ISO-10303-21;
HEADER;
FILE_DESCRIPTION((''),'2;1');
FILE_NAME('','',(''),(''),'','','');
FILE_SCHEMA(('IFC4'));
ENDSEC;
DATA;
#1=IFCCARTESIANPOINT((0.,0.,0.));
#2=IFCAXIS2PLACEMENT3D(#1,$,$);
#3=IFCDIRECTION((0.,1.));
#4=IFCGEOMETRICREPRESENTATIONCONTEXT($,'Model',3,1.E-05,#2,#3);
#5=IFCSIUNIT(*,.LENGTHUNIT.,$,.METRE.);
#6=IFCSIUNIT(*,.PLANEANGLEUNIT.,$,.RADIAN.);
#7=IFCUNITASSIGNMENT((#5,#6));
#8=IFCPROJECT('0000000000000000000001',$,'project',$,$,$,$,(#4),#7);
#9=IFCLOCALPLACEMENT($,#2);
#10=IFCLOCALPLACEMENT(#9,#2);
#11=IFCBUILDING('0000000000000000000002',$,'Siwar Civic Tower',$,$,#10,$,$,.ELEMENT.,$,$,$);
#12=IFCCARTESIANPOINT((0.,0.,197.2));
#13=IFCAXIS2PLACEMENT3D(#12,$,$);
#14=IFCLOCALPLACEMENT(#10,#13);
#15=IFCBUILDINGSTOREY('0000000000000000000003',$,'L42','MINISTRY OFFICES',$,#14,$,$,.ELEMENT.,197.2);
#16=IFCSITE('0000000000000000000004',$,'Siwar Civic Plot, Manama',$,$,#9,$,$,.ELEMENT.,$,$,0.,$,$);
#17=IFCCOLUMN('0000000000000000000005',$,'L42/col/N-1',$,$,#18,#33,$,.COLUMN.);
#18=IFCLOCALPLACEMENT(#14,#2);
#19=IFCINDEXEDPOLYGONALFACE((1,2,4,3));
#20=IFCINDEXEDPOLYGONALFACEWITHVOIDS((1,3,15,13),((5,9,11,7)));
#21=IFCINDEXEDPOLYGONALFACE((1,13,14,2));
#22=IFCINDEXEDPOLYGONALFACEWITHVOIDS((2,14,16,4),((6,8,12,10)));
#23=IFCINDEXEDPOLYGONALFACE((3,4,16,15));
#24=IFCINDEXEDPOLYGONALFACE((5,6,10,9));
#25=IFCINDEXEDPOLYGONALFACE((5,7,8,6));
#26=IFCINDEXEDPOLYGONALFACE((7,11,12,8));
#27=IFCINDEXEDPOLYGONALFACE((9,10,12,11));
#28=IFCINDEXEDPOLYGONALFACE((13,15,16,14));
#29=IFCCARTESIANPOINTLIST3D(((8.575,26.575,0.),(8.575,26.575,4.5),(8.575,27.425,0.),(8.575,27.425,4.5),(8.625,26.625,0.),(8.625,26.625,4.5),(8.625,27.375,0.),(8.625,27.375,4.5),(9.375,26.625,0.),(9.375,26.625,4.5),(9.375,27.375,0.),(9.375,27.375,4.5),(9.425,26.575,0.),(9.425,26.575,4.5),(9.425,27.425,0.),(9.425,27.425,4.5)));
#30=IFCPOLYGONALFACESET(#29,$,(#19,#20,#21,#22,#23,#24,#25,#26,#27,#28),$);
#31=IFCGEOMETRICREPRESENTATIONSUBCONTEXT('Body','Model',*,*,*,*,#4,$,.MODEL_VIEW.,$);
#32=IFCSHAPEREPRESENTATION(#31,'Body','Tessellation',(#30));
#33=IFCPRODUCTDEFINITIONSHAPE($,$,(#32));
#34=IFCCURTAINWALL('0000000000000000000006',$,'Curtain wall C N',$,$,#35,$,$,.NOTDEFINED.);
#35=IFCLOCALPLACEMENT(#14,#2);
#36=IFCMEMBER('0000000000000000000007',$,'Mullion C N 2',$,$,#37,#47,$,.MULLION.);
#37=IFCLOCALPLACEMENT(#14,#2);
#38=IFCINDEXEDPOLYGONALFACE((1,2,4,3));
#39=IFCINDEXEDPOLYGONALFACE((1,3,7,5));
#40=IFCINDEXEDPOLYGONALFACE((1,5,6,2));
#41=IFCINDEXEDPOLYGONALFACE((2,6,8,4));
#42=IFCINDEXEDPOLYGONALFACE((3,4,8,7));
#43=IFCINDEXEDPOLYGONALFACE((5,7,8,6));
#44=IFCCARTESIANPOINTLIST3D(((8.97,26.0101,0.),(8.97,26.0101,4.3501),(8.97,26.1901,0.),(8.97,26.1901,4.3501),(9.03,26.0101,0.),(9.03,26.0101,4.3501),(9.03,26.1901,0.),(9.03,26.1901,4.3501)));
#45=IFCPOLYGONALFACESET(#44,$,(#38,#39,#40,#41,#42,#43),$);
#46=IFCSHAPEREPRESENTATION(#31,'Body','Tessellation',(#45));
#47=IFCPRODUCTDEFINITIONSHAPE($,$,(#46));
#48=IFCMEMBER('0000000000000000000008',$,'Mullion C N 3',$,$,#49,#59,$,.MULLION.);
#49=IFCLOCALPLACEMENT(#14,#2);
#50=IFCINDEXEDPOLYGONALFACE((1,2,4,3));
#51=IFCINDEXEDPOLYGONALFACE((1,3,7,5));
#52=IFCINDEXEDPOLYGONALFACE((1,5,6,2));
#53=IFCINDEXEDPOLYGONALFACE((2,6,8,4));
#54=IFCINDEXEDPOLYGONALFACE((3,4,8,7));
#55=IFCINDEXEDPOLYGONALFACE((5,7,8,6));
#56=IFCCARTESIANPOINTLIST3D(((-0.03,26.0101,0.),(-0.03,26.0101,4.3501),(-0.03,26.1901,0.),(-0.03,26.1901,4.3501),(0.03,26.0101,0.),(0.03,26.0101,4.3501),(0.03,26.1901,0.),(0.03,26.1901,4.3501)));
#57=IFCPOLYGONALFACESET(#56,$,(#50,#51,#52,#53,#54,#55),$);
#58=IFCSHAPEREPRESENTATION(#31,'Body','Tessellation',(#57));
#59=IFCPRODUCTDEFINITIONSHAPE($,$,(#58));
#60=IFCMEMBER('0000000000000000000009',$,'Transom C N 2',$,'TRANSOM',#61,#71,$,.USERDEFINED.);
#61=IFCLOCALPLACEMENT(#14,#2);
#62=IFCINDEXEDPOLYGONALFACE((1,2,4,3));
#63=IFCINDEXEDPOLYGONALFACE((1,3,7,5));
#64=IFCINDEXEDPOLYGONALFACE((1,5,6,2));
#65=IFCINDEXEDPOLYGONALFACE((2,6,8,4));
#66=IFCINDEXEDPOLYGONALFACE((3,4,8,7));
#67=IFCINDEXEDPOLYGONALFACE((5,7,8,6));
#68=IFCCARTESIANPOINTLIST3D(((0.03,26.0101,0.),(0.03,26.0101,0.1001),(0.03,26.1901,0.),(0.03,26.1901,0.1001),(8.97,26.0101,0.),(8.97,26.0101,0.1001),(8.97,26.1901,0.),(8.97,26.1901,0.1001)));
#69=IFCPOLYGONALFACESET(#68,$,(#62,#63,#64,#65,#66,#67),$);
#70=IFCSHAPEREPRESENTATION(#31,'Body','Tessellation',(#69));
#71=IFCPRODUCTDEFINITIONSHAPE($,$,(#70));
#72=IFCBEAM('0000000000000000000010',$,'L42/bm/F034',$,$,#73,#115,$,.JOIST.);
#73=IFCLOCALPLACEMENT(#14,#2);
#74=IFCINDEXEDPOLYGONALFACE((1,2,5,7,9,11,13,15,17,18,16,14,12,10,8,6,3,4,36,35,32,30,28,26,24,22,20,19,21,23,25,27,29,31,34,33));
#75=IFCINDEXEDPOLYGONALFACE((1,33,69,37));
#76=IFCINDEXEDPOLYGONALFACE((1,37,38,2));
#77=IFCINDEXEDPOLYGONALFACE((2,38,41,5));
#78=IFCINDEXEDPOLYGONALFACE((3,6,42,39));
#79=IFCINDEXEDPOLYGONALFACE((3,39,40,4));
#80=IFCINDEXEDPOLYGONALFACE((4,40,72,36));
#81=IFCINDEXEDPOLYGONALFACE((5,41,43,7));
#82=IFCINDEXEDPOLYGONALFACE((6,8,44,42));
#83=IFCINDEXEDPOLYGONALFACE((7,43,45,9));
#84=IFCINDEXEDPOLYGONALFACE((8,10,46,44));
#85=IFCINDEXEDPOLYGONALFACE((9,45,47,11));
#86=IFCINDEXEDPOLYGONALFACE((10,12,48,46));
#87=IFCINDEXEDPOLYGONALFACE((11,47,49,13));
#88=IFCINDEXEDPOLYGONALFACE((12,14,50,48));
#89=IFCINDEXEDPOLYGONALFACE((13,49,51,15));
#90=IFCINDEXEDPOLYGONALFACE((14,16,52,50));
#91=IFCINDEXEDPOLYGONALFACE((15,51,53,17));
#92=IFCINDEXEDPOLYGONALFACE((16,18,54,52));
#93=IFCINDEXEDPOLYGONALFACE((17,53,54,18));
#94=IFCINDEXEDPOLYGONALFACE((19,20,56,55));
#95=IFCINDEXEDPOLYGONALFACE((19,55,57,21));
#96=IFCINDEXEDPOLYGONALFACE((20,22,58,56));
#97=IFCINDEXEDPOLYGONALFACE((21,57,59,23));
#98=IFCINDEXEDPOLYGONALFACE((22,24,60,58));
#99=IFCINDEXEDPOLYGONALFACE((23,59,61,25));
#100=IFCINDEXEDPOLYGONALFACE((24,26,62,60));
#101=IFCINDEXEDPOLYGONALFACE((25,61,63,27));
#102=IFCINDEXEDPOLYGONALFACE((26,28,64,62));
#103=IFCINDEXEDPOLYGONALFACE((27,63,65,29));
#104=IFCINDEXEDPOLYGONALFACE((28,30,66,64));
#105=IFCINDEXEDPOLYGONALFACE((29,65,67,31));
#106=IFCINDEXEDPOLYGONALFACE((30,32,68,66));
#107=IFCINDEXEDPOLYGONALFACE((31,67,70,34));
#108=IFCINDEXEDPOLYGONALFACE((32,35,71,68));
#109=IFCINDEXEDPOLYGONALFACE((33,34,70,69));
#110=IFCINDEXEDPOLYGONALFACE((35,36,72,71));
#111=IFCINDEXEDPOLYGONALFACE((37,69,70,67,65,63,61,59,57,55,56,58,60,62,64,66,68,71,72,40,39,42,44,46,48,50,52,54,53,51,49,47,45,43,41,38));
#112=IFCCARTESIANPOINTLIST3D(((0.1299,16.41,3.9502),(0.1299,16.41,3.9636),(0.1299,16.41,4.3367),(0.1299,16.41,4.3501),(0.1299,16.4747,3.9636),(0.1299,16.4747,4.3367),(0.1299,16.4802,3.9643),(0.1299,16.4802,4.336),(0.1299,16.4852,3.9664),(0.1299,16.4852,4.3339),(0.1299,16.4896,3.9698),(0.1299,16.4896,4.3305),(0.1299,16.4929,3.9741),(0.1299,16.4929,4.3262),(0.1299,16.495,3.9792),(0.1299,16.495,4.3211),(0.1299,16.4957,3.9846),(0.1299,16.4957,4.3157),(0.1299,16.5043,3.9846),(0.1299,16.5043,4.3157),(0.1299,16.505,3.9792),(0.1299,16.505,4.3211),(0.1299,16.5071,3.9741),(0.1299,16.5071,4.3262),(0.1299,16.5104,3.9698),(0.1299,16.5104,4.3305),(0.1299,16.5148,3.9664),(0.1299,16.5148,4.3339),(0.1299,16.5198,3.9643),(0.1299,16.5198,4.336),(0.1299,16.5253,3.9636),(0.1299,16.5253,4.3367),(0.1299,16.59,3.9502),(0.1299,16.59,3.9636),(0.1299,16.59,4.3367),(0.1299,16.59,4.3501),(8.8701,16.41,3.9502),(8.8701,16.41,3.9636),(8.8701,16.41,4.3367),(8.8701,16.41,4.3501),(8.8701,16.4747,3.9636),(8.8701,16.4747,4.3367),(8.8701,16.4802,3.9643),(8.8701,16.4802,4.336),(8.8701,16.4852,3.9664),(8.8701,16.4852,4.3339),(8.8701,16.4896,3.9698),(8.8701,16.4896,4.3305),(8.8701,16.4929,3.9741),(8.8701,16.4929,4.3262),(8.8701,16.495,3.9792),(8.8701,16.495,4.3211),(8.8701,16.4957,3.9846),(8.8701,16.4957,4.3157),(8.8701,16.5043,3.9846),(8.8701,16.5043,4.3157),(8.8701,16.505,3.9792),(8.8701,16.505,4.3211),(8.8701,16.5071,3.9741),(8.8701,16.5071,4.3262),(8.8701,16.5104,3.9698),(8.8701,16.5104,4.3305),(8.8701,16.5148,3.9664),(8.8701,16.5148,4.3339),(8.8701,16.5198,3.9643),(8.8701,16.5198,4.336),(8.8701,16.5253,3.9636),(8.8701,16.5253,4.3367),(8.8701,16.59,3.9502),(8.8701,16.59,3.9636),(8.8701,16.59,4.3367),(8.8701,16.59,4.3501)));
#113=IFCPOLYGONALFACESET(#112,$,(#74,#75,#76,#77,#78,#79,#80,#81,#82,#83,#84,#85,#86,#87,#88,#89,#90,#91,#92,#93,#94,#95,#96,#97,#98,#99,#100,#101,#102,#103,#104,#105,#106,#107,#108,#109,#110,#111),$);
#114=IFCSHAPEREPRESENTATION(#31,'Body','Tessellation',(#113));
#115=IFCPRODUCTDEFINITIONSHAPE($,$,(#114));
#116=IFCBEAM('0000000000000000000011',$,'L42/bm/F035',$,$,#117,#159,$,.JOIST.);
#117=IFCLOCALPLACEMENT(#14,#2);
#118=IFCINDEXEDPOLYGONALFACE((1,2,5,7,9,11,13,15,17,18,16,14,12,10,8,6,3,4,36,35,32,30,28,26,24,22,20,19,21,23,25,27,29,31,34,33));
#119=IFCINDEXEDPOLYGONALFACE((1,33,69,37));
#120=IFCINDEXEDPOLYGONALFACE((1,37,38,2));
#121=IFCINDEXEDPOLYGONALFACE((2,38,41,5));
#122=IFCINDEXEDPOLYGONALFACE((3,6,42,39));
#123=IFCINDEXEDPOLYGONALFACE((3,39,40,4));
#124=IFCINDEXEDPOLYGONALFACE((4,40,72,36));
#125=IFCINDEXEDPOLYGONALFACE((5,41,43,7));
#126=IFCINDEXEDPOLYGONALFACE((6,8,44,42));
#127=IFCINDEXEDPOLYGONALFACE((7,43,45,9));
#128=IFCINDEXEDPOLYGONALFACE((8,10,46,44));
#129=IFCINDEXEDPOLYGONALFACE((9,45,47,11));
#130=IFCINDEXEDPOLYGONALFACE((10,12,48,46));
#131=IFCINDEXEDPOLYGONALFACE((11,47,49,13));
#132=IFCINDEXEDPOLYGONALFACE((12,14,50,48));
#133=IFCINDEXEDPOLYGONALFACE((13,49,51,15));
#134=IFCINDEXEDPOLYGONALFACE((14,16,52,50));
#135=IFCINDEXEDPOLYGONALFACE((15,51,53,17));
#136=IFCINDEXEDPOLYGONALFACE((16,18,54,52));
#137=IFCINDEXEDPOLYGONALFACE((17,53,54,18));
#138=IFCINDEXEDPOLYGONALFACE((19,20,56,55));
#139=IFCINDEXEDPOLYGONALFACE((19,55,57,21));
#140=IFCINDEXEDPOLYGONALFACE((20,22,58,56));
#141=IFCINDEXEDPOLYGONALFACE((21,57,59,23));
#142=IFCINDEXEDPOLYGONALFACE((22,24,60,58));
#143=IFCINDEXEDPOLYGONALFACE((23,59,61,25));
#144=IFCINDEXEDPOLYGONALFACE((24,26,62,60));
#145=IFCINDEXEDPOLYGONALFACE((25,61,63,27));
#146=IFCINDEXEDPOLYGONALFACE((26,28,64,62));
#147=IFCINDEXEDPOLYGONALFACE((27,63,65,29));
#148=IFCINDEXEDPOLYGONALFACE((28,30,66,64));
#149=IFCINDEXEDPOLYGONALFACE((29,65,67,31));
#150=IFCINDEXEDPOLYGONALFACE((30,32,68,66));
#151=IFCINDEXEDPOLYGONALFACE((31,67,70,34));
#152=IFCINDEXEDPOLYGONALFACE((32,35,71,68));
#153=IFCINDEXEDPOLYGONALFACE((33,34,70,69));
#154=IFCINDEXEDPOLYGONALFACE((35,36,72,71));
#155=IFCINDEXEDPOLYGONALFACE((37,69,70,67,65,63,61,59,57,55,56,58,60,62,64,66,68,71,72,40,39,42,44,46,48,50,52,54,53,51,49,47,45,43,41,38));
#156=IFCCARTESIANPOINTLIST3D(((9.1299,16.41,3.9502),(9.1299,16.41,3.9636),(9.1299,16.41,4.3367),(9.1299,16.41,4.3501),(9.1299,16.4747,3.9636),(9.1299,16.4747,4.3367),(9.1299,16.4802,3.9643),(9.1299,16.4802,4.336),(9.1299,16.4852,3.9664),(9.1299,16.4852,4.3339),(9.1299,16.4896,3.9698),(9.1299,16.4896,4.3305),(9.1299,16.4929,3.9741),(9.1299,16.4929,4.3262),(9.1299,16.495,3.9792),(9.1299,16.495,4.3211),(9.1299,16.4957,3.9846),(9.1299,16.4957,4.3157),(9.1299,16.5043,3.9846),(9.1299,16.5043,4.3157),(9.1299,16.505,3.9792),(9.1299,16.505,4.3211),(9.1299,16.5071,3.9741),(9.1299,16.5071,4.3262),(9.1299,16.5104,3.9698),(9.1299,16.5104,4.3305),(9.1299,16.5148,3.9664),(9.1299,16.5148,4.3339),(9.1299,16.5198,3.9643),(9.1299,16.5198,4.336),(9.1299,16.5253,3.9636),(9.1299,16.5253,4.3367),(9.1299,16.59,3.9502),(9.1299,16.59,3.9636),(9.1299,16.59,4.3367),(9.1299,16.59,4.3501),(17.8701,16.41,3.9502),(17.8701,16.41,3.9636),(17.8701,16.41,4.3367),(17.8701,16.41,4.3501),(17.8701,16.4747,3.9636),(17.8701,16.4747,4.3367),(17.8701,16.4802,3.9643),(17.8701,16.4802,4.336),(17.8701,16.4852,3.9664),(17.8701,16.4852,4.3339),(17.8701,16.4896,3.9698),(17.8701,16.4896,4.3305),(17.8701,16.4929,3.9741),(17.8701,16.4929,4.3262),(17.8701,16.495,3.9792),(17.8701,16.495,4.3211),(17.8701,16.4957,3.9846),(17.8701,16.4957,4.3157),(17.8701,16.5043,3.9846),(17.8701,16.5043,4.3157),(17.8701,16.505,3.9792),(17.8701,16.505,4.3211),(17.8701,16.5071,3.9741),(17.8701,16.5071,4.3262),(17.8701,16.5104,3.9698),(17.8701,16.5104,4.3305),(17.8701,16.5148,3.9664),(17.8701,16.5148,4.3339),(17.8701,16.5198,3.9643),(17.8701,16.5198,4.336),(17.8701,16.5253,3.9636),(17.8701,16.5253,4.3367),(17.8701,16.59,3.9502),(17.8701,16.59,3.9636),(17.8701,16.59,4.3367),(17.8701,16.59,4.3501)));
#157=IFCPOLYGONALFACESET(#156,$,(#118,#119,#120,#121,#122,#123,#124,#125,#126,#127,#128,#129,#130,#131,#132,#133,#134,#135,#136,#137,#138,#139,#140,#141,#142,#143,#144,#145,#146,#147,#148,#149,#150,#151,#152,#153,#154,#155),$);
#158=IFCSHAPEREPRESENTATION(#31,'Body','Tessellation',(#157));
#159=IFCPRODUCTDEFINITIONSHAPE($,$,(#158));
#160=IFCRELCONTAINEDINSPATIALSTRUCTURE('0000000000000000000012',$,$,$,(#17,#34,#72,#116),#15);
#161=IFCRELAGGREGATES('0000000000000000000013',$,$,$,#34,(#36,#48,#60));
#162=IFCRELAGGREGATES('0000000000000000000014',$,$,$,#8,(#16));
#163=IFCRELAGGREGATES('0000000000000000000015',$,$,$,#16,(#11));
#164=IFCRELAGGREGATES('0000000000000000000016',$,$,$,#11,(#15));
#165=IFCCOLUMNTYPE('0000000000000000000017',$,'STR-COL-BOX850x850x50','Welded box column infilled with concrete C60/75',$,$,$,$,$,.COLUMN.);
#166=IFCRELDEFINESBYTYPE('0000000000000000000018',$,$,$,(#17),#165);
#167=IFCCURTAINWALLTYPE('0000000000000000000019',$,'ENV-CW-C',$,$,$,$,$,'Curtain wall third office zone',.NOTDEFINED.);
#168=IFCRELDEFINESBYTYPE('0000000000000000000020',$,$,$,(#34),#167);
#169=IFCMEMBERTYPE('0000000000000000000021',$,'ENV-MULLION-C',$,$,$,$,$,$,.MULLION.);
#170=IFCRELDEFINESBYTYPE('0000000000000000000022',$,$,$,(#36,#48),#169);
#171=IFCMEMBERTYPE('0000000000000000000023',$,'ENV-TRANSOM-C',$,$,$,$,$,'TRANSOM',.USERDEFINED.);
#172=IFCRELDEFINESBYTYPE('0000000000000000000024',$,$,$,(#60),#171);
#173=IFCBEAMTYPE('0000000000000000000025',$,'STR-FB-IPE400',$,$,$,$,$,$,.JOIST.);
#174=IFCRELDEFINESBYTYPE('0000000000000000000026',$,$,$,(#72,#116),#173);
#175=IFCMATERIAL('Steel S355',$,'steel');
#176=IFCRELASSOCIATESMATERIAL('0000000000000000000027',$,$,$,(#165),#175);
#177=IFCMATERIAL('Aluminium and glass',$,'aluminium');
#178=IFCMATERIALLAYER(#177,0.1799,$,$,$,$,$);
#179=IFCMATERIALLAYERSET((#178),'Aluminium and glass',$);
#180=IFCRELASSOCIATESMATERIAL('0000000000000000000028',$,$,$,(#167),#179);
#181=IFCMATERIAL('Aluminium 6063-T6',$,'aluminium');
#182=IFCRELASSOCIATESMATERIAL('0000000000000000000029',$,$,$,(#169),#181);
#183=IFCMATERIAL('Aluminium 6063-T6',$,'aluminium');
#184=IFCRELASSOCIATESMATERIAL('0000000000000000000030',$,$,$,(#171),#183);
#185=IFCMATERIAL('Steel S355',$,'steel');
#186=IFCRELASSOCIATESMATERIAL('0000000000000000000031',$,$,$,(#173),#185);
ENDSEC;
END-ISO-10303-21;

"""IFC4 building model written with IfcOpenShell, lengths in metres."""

from ifc_helpers import new_model, si_unit, direction, frame, origin, origin_2d, place, context, subcontext, project, spatial, rectangle, hollow_rectangle, i_section, extrude, material, layer, layer_set, material_profile, profile_set, type_object, element, aggregate, save


model = new_model("IFC4")

# Units and contexts
model_context = context("Model", 3, precision=1e-05, world=origin(), true_north=direction((0.0, 1.0)))
body_context = subcontext(model_context, "Body", "Model", "MODEL_VIEW")
ifc_project = project(units=[si_unit("LENGTHUNIT", "METRE"), si_unit("PLANEANGLEUNIT", "RADIAN")], contexts=[model_context])

# Site, building, storey
site_placement = place(None, origin())
site = spatial("IfcSite", under=ifc_project, at=site_placement, Name="Siwar Civic Plot, Manama", CompositionType="ELEMENT", RefElevation=0.0)
building_placement = place(site_placement, origin())
building = spatial("IfcBuilding", under=site, at=building_placement, Name="Siwar Civic Tower", CompositionType="ELEMENT")
storey_placement = place(building_placement, frame((0.0, 0.0, 197.2)))
storey = spatial("IfcBuildingStorey", under=building, at=storey_placement, Name="L42", Description="MINISTRY OFFICES", CompositionType="ELEMENT", Elevation=197.2)

# Column
ifc_material_1 = material(Name="Steel S355", Category="steel")
ifc_material_profile_1 = material_profile(ifc_material_1, hollow_rectangle(XDim=0.8501, YDim=0.8501, WallThickness=0.05, at=origin_2d()), Name="BOX850x850x50")
ifc_profile_set_1 = profile_set([ifc_material_profile_1], Name="Steel S355")
column_type = type_object("IfcColumnType", Name="STR-COL-BOX850x850x50", Description="Welded box column infilled with concrete C60/75", PredefinedType="COLUMN", material=ifc_profile_set_1)
column_placement = place(storey_placement, frame((9.0, 27.0, 0.0), z_axis=(0.0, 0.0, 1.0), x_axis=(1.0, 0.0, 0.0)))
element("IfcColumn", 1, at=column_placement, inside=storey, type_object=column_type, Name="L42/col/N-1", PredefinedType="COLUMN", context=body_context, shape_type="SweptSolid", body=[
    extrude(hollow_rectangle(XDim=0.8501, YDim=0.8501, WallThickness=0.05, at=origin_2d()), origin(), (0.0, 0.0, 1.0), 4.5),
])

# Curtain wall, members
ifc_material_2 = material(Name="Aluminium and glass", Category="aluminium")
ifc_layer_1 = layer(ifc_material_2, 0.1799)
ifc_layer_set_1 = layer_set([ifc_layer_1], Name="Aluminium and glass")
curtain_wall_type = type_object("IfcCurtainWallType", Name="ENV-CW-C", ElementType="Curtain wall third office zone", PredefinedType="NOTDEFINED", material=ifc_layer_set_1)
curtain_wall_placement = place(storey_placement, origin())
curtain_wall = element("IfcCurtainWall", 2, at=curtain_wall_placement, inside=storey, type_object=curtain_wall_type, Name="Curtain wall C N", PredefinedType="NOTDEFINED")
ifc_material_3 = material(Name="Aluminium 6063-T6", Category="aluminium")
ifc_material_profile_2 = material_profile(ifc_material_3, rectangle(XDim=0.1799, YDim=0.0601, at=origin_2d()), Name="AL 180x60")
ifc_profile_set_2 = profile_set([ifc_material_profile_2], Name="Aluminium 6063-T6")
member_type_1 = type_object("IfcMemberType", Name="ENV-MULLION-C", PredefinedType="MULLION", material=ifc_profile_set_2)
member_1_placement = place(storey_placement, frame((9.0, 26.1001, 0.0), z_axis=(0.0, 0.0, 1.0), x_axis=(0.0, -1.0, 0.0)))
member_1 = element("IfcMember", 3, at=member_1_placement, type_object=member_type_1, Name="Mullion C N 2", PredefinedType="MULLION", context=body_context, shape_type="SweptSolid", body=[
    extrude(rectangle(XDim=0.1799, YDim=0.0601, at=origin_2d()), origin(), (0.0, 0.0, 1.0), 4.3501),
])
member_2_placement = place(storey_placement, frame((0.0, 26.1001, 0.0), z_axis=(0.0, 0.0, 1.0), x_axis=(0.0, -1.0, 0.0)))
member_2 = element("IfcMember", 4, at=member_2_placement, type_object=member_type_1, Name="Mullion C N 3", PredefinedType="MULLION", context=body_context, shape_type="SweptSolid", body=[
    extrude(rectangle(XDim=0.1799, YDim=0.0601, at=origin_2d()), origin(), (0.0, 0.0, 1.0), 4.3501),
])
ifc_material_4 = material(Name="Aluminium 6063-T6", Category="aluminium")
ifc_material_profile_3 = material_profile(ifc_material_4, rectangle(XDim=0.1799, YDim=0.1001, at=origin_2d()), Name="AL 180x100")
ifc_profile_set_3 = profile_set([ifc_material_profile_3], Name="Aluminium 6063-T6")
member_type_2 = type_object("IfcMemberType", Name="ENV-TRANSOM-C", ElementType="TRANSOM", PredefinedType="USERDEFINED", material=ifc_profile_set_3)
member_3_placement = place(storey_placement, frame((8.97, 26.1001, 0.05), z_axis=(-1.0, 0.0, 0.0), x_axis=(0.0, -1.0, 0.0)))
member_3 = element("IfcMember", 5, at=member_3_placement, type_object=member_type_2, Name="Transom C N 2", ObjectType="TRANSOM", PredefinedType="USERDEFINED", context=body_context, shape_type="SweptSolid", body=[
    extrude(rectangle(XDim=0.1799, YDim=0.1001, at=origin_2d()), origin(), (0.0, 0.0, 1.0), 8.9399),
])

# Beams
ifc_material_5 = material(Name="Steel S355", Category="steel")
ifc_material_profile_4 = material_profile(ifc_material_5, i_section(OverallWidth=0.1799, OverallDepth=0.3999, WebThickness=0.0085, FlangeThickness=0.0134, FilletRadius=0.021, at=origin_2d()), Name="IPE400")
ifc_profile_set_4 = profile_set([ifc_material_profile_4], Name="Steel S355")
beam_type_1 = type_object("IfcBeamType", Name="STR-FB-IPE400", PredefinedType="JOIST", material=ifc_profile_set_4)
for number, where, z_axis, x_axis, name in (
    (6, (0.1299, 16.5, 4.1501), (1.0, 0.0, 0.0), (0.0, 1.0, 0.0), "L42/bm/F034"),
    (7, (9.1299, 16.5, 4.1501), (1.0, 0.0, 0.0), (0.0, 1.0, 0.0), "L42/bm/F035"),
):
    element("IfcBeam", number, at=place(storey_placement, frame(where, z_axis=z_axis, x_axis=x_axis)), inside=storey, type_object=beam_type_1, Name=name, PredefinedType="JOIST", context=body_context, shape_type="SweptSolid", body=[
        extrude(i_section(OverallWidth=0.1799, OverallDepth=0.3999, WebThickness=0.0085, FlangeThickness=0.0134, FilletRadius=0.021, at=origin_2d()), origin(), (0.0, 0.0, 1.0), 8.7402),
    ])

aggregate(curtain_wall, [member_1, member_2, member_3])

save(model, "model.ifc")
